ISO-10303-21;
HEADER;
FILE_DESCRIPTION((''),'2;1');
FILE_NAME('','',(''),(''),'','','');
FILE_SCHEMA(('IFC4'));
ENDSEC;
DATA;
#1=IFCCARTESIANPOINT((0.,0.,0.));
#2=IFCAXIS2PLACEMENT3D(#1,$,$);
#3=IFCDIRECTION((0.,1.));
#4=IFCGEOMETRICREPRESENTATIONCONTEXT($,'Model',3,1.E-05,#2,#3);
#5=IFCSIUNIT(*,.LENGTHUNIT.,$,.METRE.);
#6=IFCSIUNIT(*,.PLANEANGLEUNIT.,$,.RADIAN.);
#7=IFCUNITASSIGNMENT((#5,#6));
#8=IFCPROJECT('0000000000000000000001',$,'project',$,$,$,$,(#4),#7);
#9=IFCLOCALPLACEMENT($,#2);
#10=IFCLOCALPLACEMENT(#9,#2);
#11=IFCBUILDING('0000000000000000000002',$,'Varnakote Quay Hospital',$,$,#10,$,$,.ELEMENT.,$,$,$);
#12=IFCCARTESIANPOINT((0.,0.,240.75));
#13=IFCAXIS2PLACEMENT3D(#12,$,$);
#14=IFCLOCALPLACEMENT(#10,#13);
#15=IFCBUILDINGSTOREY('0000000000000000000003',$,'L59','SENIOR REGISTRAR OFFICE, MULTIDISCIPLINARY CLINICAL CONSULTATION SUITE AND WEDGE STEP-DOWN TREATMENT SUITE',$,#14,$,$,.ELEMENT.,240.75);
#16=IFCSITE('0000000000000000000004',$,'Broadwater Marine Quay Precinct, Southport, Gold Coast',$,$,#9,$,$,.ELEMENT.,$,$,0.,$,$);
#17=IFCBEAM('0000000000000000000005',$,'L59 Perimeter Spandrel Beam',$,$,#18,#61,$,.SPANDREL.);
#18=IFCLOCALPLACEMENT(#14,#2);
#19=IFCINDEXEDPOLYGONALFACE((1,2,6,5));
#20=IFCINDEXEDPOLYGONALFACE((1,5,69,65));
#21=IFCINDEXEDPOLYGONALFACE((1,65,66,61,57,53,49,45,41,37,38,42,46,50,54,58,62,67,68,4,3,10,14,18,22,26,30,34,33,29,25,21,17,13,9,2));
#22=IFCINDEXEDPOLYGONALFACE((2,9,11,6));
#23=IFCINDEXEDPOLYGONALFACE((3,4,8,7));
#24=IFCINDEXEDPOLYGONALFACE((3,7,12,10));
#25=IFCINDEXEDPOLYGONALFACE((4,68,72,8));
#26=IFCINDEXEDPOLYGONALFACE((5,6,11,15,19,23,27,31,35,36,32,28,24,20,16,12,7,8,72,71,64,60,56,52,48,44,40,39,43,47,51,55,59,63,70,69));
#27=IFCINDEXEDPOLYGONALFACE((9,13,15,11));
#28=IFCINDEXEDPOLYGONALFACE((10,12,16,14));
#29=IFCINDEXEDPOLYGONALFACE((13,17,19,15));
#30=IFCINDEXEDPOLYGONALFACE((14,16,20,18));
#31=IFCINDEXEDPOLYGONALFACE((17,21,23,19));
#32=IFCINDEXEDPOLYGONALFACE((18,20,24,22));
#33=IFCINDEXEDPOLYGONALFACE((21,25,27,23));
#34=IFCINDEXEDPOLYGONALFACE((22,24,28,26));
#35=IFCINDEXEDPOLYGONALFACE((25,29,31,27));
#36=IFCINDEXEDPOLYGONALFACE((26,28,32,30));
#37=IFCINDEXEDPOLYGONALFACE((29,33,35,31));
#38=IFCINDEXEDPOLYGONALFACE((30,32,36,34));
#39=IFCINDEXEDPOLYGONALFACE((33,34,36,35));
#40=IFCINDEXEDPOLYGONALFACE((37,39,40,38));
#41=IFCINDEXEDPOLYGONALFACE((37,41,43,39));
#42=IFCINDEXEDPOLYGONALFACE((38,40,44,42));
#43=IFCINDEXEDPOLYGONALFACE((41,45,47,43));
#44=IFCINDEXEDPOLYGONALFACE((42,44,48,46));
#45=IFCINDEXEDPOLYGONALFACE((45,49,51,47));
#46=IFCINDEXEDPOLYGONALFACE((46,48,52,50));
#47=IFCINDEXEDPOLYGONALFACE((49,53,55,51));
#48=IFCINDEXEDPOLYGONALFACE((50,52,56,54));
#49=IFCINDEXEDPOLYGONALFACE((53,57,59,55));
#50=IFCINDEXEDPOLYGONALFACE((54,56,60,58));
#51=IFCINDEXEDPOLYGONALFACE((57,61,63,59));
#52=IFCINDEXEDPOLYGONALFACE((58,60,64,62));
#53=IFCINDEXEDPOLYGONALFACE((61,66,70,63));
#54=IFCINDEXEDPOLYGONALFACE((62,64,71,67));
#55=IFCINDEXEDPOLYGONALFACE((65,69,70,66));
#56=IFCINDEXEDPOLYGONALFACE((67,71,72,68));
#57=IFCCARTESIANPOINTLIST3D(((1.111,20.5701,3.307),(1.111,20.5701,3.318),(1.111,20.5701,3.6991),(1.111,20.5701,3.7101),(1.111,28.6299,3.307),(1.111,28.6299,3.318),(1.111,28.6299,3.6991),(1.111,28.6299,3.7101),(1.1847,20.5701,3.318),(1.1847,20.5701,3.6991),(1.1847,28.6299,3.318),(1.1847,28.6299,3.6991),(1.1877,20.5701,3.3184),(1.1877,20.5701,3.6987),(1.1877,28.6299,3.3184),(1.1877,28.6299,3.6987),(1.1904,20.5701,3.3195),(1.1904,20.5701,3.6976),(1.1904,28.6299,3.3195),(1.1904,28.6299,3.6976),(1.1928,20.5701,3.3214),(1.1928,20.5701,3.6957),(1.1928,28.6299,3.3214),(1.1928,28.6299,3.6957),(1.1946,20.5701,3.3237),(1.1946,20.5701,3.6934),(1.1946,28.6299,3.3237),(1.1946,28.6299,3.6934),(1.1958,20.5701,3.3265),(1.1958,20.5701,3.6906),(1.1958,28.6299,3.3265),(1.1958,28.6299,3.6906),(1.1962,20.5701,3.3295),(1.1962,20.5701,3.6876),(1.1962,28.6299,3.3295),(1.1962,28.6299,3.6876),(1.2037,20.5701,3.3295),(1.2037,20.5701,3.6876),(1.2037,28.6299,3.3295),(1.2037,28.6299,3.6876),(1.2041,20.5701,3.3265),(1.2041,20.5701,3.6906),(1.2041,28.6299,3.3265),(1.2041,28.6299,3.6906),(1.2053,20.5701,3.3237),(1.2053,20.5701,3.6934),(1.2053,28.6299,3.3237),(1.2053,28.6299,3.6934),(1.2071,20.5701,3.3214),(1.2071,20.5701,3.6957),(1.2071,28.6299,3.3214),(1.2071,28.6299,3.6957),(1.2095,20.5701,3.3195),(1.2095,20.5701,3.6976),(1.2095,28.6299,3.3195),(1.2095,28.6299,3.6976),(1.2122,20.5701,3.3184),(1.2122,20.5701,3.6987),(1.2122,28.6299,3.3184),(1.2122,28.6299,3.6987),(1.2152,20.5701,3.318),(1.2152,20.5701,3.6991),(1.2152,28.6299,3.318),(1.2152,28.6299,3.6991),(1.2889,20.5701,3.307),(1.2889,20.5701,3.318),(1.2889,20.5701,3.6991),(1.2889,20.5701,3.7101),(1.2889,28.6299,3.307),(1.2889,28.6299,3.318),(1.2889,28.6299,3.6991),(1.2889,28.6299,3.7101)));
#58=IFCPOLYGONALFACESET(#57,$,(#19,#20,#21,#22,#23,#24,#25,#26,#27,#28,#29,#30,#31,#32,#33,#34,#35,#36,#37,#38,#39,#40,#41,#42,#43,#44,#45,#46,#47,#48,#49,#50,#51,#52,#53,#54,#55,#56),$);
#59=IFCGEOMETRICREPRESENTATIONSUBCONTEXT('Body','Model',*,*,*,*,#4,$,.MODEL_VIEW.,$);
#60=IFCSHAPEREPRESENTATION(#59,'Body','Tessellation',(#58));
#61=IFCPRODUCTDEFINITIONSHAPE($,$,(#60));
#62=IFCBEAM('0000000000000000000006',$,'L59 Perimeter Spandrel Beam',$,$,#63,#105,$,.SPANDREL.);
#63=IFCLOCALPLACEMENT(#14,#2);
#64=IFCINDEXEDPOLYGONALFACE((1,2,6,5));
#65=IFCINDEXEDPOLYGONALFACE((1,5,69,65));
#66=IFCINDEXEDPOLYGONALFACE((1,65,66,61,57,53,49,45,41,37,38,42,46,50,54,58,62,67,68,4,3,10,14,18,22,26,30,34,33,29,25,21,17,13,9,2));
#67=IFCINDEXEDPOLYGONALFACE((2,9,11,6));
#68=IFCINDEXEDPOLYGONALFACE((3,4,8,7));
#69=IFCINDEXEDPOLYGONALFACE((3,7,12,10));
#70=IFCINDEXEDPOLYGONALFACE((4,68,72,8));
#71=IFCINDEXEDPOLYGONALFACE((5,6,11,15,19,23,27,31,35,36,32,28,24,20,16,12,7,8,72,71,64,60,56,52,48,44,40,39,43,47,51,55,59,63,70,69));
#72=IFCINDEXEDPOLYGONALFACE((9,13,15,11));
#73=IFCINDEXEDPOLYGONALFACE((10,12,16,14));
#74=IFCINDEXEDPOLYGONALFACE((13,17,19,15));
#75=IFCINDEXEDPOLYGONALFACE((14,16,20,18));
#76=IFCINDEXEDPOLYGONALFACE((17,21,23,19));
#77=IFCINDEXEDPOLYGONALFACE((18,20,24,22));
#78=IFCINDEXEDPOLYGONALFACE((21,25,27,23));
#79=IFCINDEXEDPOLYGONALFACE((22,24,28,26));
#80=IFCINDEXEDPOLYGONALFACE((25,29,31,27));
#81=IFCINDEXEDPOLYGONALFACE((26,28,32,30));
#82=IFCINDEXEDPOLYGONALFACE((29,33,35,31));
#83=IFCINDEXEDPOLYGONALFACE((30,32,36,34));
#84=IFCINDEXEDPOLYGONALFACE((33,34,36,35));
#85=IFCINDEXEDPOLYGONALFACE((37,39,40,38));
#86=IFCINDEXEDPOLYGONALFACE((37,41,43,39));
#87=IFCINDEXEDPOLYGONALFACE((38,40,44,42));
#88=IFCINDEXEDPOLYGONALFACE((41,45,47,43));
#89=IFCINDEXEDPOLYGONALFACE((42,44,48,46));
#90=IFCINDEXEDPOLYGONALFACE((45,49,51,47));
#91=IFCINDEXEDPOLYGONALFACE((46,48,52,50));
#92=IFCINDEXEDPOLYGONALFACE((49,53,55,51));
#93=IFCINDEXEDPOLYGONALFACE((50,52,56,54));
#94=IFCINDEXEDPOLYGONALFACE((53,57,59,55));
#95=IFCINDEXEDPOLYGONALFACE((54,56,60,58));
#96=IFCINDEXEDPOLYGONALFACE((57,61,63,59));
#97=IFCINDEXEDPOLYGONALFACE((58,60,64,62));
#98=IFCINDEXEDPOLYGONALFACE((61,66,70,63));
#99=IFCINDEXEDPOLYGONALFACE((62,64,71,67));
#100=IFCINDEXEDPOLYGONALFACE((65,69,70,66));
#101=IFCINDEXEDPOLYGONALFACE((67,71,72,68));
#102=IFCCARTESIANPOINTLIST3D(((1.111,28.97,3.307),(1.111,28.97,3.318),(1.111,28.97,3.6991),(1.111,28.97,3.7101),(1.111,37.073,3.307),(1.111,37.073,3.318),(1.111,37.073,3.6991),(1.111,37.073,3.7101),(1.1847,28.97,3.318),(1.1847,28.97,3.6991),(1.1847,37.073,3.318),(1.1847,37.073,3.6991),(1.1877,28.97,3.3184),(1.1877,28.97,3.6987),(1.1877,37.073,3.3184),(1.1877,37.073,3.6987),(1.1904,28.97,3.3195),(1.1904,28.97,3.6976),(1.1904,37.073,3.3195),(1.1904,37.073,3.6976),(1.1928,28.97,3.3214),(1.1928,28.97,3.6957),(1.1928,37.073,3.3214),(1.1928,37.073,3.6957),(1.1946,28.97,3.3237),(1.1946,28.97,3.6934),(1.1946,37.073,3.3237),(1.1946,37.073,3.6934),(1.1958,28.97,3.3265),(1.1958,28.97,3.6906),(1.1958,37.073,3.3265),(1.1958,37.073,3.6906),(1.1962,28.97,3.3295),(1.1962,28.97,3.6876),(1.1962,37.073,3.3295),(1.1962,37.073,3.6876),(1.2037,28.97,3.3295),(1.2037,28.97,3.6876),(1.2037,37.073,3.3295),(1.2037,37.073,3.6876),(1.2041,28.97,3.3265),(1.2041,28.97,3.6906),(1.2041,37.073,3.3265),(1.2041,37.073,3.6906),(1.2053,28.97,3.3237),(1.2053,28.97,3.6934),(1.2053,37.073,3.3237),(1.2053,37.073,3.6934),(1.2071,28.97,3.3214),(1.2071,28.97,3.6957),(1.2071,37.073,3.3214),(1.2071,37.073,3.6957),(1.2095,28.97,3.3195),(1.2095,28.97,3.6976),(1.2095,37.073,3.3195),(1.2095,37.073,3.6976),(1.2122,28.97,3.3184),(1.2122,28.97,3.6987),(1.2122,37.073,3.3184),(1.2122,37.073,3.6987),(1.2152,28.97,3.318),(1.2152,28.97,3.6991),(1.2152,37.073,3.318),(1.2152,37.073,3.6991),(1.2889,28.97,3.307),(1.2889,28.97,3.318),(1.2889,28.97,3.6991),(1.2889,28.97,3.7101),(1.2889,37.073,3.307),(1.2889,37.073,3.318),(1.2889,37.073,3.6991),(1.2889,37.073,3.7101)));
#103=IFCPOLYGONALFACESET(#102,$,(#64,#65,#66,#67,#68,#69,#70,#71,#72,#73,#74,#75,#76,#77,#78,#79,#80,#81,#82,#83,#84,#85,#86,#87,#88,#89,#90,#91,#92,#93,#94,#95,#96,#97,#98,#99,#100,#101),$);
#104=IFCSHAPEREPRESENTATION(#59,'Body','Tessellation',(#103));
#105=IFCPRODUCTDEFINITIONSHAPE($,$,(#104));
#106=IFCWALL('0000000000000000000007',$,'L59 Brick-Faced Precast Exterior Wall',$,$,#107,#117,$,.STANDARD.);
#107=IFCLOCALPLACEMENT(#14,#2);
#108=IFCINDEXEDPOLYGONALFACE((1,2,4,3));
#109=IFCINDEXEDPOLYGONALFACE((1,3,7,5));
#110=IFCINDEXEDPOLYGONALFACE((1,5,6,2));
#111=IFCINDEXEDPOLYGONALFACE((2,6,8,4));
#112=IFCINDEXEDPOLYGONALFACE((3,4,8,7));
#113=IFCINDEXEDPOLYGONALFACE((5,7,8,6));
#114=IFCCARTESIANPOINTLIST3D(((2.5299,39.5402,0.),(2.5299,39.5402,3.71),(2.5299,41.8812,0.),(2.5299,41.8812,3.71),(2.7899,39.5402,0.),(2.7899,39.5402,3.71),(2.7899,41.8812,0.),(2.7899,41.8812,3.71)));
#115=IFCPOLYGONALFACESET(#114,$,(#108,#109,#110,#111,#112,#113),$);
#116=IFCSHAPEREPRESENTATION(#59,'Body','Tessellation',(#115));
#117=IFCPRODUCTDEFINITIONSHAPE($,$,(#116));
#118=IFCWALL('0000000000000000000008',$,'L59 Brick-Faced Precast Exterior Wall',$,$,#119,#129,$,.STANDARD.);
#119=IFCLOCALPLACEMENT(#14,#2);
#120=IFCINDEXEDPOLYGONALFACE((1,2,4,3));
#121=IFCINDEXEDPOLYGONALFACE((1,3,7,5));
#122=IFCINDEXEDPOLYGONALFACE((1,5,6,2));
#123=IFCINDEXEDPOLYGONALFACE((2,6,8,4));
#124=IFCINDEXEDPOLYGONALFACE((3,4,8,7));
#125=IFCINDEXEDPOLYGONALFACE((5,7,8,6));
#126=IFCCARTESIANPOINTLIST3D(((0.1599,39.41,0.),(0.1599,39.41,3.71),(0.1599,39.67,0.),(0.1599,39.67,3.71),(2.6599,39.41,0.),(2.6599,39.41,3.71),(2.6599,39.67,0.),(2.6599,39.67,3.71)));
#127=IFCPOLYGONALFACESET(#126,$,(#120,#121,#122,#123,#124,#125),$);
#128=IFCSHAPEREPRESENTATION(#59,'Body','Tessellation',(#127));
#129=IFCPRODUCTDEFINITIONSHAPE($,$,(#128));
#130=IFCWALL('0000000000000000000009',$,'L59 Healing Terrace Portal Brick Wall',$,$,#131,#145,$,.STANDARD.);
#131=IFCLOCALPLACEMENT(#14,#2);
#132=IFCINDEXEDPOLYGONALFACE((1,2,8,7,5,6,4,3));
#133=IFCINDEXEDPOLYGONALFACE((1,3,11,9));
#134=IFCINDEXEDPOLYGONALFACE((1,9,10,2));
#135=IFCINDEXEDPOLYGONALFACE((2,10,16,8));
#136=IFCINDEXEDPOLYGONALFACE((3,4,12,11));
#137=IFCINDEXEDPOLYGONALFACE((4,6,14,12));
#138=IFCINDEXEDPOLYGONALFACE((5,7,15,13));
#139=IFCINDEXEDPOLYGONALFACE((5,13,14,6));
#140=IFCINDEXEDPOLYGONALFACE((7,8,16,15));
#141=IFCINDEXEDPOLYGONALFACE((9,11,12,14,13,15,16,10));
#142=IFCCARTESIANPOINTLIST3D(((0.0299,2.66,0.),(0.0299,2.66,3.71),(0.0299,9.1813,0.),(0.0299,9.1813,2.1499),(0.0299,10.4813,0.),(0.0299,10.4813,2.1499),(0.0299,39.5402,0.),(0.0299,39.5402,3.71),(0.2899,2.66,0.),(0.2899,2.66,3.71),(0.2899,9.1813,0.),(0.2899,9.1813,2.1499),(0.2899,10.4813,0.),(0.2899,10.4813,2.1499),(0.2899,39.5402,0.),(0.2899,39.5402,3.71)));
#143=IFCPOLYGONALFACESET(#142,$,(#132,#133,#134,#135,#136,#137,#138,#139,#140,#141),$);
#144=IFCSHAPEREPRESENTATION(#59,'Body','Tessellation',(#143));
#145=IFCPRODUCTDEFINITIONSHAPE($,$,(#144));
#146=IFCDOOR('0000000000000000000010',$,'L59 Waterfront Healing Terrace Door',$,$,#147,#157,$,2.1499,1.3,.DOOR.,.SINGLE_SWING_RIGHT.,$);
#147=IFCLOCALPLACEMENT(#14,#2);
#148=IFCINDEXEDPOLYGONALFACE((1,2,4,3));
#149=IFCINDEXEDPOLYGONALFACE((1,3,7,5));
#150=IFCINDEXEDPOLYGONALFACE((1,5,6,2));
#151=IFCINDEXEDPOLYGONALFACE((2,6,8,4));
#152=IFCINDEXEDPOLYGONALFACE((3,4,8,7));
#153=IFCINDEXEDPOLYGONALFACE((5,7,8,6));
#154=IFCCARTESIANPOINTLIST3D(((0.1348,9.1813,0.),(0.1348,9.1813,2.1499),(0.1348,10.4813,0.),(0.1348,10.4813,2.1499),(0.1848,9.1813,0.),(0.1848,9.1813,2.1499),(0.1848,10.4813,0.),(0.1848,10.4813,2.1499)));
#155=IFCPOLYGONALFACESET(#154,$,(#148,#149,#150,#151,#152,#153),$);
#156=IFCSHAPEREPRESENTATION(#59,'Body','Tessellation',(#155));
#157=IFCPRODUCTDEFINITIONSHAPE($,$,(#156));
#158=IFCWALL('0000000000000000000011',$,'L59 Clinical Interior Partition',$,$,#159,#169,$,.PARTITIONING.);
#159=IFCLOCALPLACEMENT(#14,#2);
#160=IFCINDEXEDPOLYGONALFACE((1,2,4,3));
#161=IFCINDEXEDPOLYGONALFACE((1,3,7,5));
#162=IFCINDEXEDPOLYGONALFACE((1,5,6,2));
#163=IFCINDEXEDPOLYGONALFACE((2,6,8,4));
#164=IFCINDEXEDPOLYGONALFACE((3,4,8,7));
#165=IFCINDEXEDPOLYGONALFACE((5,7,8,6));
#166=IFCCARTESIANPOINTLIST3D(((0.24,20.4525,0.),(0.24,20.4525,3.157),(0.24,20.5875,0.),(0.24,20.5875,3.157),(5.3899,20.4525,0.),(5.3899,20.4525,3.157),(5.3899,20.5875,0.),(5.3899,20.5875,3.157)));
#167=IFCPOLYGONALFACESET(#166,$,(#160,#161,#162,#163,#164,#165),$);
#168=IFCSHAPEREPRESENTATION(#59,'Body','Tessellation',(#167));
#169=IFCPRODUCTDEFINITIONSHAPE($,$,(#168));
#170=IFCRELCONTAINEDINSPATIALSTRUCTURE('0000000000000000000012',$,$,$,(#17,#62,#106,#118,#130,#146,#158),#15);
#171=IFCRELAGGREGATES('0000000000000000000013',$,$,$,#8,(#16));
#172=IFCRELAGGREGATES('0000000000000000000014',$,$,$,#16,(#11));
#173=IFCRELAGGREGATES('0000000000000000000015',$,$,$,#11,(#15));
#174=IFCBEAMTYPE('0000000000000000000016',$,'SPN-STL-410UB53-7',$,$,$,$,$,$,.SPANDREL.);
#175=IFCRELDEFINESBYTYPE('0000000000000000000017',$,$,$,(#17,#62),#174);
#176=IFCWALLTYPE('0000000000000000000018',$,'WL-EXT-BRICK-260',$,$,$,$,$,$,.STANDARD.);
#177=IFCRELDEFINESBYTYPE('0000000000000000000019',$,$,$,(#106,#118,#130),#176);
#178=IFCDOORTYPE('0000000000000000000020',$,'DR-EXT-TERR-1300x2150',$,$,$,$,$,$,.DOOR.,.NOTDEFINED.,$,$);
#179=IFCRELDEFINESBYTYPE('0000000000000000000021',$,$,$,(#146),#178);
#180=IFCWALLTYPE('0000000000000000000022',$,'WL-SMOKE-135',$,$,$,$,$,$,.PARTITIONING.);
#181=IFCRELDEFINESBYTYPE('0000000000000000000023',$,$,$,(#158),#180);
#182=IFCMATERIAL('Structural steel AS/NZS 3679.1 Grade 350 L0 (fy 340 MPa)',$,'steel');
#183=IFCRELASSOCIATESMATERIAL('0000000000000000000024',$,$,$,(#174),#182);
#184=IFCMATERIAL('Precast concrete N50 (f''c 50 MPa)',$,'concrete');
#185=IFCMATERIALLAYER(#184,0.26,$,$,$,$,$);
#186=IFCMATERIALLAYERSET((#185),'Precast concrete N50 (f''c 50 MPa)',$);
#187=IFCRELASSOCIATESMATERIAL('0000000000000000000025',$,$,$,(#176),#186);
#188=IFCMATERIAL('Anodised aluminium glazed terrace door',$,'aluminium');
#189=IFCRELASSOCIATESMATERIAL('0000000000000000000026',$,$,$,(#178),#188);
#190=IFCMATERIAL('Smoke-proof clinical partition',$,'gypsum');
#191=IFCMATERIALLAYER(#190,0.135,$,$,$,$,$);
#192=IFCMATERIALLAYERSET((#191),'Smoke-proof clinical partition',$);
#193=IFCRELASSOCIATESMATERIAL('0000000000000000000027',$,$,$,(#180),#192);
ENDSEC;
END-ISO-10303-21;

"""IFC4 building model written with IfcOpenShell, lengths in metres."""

from ifc_helpers import new_model, si_unit, direction, frame, frame_2d, origin, origin_2d, place, context, subcontext, project, spatial, rectangle, i_section, extrude, material, layer, layer_set, material_profile, profile_set, type_object, element, fill, save


model = new_model("IFC4")

# Units and contexts
model_context = context("Model", 3, precision=1e-05, world=origin(), true_north=direction((0.0, 1.0)))
body_context = subcontext(model_context, "Body", "Model", "MODEL_VIEW")
ifc_project = project(units=[si_unit("LENGTHUNIT", "METRE"), si_unit("PLANEANGLEUNIT", "RADIAN")], contexts=[model_context])

# Site, building, storey
site_placement = place(None, origin())
site = spatial("IfcSite", under=ifc_project, at=site_placement, Name="Broadwater Marine Quay Precinct, Southport, Gold Coast", CompositionType="ELEMENT", RefElevation=0.0)
building_placement = place(site_placement, origin())
building = spatial("IfcBuilding", under=site, at=building_placement, Name="Varnakote Quay Hospital", CompositionType="ELEMENT")
storey_placement = place(building_placement, frame((0.0, 0.0, 240.75)))
storey = spatial("IfcBuildingStorey", under=building, at=storey_placement, Name="L59", Description="SENIOR REGISTRAR OFFICE, MULTIDISCIPLINARY CLINICAL CONSULTATION SUITE AND WEDGE STEP-DOWN TREATMENT SUITE", CompositionType="ELEMENT", Elevation=240.75)

# Beams
ifc_material_1 = material(Name="Structural steel AS/NZS 3679.1 Grade 350 L0 (fy 340 MPa)", Category="steel")
ifc_material_profile_1 = material_profile(ifc_material_1, i_section(OverallWidth=0.178, OverallDepth=0.4031, WebThickness=0.0076, FlangeThickness=0.011, FilletRadius=0.0115, at=origin_2d()), Name="410UB53.7")
ifc_profile_set_1 = profile_set([ifc_material_profile_1], Name="Structural steel AS/NZS 3679.1 Grade 350 L0 (fy 340 MPa)")
beam_type_1 = type_object("IfcBeamType", Name="SPN-STL-410UB53-7", PredefinedType="SPANDREL", material=ifc_profile_set_1)
beam_1_placement = place(storey_placement, frame((1.2, 20.5701, 3.5085), z_axis=(0.0, 1.0, 0.0), x_axis=(-1.0, 0.0, 0.0)))
element("IfcBeam", 1, at=beam_1_placement, inside=storey, type_object=beam_type_1, Name="L59 Perimeter Spandrel Beam", PredefinedType="SPANDREL", context=body_context, shape_type="SweptSolid", body=[
    extrude(i_section(OverallWidth=0.178, OverallDepth=0.4031, WebThickness=0.0076, FlangeThickness=0.011, FilletRadius=0.0115, at=origin_2d()), origin(), (0.0, 0.0, 1.0), 8.0598),
])
beam_2_placement = place(storey_placement, frame((1.2, 28.97, 3.5085), z_axis=(0.0, 1.0, 0.0), x_axis=(-1.0, 0.0, 0.0)))
element("IfcBeam", 2, at=beam_2_placement, inside=storey, type_object=beam_type_1, Name="L59 Perimeter Spandrel Beam", PredefinedType="SPANDREL", context=body_context, shape_type="SweptSolid", body=[
    extrude(i_section(OverallWidth=0.178, OverallDepth=0.4031, WebThickness=0.0076, FlangeThickness=0.011, FilletRadius=0.0115, at=origin_2d()), origin(), (0.0, 0.0, 1.0), 8.103),
])

# Walls
ifc_material_2 = material(Name="Precast concrete N50 (f'c 50 MPa)", Category="concrete")
ifc_layer_1 = layer(ifc_material_2, 0.26)
ifc_layer_set_1 = layer_set([ifc_layer_1], Name="Precast concrete N50 (f'c 50 MPa)")
wall_type_1 = type_object("IfcWallType", Name="WL-EXT-BRICK-260", PredefinedType="STANDARD", material=ifc_layer_set_1)
wall_1_placement = place(storey_placement, frame((2.6599, 41.8811, 0.0), z_axis=(0.0, 0.0, 1.0), x_axis=(0.0, -1.0, 0.0)))
element("IfcWall", 3, at=wall_1_placement, inside=storey, type_object=wall_type_1, Name="L59 Brick-Faced Precast Exterior Wall", PredefinedType="STANDARD", context=body_context, shape_type="SweptSolid", body=[
    extrude(rectangle(XDim=2.3411, YDim=0.26, at=frame_2d((1.1704, 0.0))), origin(), (0.0, 0.0, 1.0), 3.71),
])
wall_2_placement = place(storey_placement, frame((2.6599, 39.54, 0.0), z_axis=(0.0, 0.0, 1.0), x_axis=(-1.0, 0.0, 0.0)))
element("IfcWall", 4, at=wall_2_placement, inside=storey, type_object=wall_type_1, Name="L59 Brick-Faced Precast Exterior Wall", PredefinedType="STANDARD", context=body_context, shape_type="SweptSolid", body=[
    extrude(rectangle(XDim=2.5, YDim=0.26, at=frame_2d((1.25, 0.0))), origin(), (0.0, 0.0, 1.0), 3.71),
])

# Wall, opening, door
wall_3_placement = place(storey_placement, frame((0.1599, 39.54, 0.0), z_axis=(0.0, 0.0, 1.0), x_axis=(0.0, -1.0, 0.0)))
wall_3 = element("IfcWall", 5, at=wall_3_placement, inside=storey, type_object=wall_type_1, Name="L59 Healing Terrace Portal Brick Wall", PredefinedType="STANDARD", context=body_context, shape_type="SweptSolid", body=[
    extrude(rectangle(XDim=36.8801, YDim=0.26, at=frame_2d((18.4399, 0.0))), origin(), (0.0, 0.0, 1.0), 3.71),
])
opening_placement = place(wall_3_placement, frame((29.0588, 0.0, 0.0)))
opening = element("IfcOpeningElement", 6, at=opening_placement, cuts=wall_3, PredefinedType="OPENING", context=body_context, shape_type="SweptSolid", body=[
    extrude(rectangle(XDim=1.3, YDim=2.1499, at=frame_2d((0.6499, 1.075))), frame((0.0, 0.1399, 0.0), z_axis=(0.0, -1.0, 0.0), x_axis=(1.0, 0.0, 0.0)), (0.0, 0.0, 1.0), 0.28),
])
ifc_material_3 = material(Name="Anodised aluminium glazed terrace door", Category="aluminium")
door_type = type_object("IfcDoorType", Name="DR-EXT-TERR-1300x2150", OperationType="NOTDEFINED", PredefinedType="DOOR", material=ifc_material_3)
door_placement = place(opening_placement, origin())
door = element("IfcDoor", 7, at=door_placement, inside=storey, type_object=door_type, Name="L59 Waterfront Healing Terrace Door", OperationType="SINGLE_SWING_RIGHT", OverallHeight=2.1499, OverallWidth=1.3, PredefinedType="DOOR", context=body_context, shape_type="SweptSolid", body=[
    extrude(rectangle(XDim=1.3, YDim=2.1499, at=frame_2d((0.6499, 1.075))), frame((0.0, 0.0249, 0.0), z_axis=(0.0, -1.0, 0.0), x_axis=(1.0, 0.0, 0.0)), (0.0, 0.0, 1.0), 0.05),
])
fill(opening, door)

# Wall
ifc_material_4 = material(Name="Smoke-proof clinical partition", Category="gypsum")
ifc_layer_2 = layer(ifc_material_4, 0.135)
ifc_layer_set_2 = layer_set([ifc_layer_2], Name="Smoke-proof clinical partition")
wall_type_2 = type_object("IfcWallType", Name="WL-SMOKE-135", PredefinedType="PARTITIONING", material=ifc_layer_set_2)
wall_4_placement = place(storey_placement, frame((5.3899, 20.52, 0.0), z_axis=(0.0, 0.0, 1.0), x_axis=(-1.0, 0.0, 0.0)))
element("IfcWall", 8, at=wall_4_placement, inside=storey, type_object=wall_type_2, Name="L59 Clinical Interior Partition", PredefinedType="PARTITIONING", context=body_context, shape_type="SweptSolid", body=[
    extrude(rectangle(XDim=5.1499, YDim=0.135, at=frame_2d((2.575, 0.0))), origin(), (0.0, 0.0, 1.0), 3.157),
])

save(model, "model.ifc")
